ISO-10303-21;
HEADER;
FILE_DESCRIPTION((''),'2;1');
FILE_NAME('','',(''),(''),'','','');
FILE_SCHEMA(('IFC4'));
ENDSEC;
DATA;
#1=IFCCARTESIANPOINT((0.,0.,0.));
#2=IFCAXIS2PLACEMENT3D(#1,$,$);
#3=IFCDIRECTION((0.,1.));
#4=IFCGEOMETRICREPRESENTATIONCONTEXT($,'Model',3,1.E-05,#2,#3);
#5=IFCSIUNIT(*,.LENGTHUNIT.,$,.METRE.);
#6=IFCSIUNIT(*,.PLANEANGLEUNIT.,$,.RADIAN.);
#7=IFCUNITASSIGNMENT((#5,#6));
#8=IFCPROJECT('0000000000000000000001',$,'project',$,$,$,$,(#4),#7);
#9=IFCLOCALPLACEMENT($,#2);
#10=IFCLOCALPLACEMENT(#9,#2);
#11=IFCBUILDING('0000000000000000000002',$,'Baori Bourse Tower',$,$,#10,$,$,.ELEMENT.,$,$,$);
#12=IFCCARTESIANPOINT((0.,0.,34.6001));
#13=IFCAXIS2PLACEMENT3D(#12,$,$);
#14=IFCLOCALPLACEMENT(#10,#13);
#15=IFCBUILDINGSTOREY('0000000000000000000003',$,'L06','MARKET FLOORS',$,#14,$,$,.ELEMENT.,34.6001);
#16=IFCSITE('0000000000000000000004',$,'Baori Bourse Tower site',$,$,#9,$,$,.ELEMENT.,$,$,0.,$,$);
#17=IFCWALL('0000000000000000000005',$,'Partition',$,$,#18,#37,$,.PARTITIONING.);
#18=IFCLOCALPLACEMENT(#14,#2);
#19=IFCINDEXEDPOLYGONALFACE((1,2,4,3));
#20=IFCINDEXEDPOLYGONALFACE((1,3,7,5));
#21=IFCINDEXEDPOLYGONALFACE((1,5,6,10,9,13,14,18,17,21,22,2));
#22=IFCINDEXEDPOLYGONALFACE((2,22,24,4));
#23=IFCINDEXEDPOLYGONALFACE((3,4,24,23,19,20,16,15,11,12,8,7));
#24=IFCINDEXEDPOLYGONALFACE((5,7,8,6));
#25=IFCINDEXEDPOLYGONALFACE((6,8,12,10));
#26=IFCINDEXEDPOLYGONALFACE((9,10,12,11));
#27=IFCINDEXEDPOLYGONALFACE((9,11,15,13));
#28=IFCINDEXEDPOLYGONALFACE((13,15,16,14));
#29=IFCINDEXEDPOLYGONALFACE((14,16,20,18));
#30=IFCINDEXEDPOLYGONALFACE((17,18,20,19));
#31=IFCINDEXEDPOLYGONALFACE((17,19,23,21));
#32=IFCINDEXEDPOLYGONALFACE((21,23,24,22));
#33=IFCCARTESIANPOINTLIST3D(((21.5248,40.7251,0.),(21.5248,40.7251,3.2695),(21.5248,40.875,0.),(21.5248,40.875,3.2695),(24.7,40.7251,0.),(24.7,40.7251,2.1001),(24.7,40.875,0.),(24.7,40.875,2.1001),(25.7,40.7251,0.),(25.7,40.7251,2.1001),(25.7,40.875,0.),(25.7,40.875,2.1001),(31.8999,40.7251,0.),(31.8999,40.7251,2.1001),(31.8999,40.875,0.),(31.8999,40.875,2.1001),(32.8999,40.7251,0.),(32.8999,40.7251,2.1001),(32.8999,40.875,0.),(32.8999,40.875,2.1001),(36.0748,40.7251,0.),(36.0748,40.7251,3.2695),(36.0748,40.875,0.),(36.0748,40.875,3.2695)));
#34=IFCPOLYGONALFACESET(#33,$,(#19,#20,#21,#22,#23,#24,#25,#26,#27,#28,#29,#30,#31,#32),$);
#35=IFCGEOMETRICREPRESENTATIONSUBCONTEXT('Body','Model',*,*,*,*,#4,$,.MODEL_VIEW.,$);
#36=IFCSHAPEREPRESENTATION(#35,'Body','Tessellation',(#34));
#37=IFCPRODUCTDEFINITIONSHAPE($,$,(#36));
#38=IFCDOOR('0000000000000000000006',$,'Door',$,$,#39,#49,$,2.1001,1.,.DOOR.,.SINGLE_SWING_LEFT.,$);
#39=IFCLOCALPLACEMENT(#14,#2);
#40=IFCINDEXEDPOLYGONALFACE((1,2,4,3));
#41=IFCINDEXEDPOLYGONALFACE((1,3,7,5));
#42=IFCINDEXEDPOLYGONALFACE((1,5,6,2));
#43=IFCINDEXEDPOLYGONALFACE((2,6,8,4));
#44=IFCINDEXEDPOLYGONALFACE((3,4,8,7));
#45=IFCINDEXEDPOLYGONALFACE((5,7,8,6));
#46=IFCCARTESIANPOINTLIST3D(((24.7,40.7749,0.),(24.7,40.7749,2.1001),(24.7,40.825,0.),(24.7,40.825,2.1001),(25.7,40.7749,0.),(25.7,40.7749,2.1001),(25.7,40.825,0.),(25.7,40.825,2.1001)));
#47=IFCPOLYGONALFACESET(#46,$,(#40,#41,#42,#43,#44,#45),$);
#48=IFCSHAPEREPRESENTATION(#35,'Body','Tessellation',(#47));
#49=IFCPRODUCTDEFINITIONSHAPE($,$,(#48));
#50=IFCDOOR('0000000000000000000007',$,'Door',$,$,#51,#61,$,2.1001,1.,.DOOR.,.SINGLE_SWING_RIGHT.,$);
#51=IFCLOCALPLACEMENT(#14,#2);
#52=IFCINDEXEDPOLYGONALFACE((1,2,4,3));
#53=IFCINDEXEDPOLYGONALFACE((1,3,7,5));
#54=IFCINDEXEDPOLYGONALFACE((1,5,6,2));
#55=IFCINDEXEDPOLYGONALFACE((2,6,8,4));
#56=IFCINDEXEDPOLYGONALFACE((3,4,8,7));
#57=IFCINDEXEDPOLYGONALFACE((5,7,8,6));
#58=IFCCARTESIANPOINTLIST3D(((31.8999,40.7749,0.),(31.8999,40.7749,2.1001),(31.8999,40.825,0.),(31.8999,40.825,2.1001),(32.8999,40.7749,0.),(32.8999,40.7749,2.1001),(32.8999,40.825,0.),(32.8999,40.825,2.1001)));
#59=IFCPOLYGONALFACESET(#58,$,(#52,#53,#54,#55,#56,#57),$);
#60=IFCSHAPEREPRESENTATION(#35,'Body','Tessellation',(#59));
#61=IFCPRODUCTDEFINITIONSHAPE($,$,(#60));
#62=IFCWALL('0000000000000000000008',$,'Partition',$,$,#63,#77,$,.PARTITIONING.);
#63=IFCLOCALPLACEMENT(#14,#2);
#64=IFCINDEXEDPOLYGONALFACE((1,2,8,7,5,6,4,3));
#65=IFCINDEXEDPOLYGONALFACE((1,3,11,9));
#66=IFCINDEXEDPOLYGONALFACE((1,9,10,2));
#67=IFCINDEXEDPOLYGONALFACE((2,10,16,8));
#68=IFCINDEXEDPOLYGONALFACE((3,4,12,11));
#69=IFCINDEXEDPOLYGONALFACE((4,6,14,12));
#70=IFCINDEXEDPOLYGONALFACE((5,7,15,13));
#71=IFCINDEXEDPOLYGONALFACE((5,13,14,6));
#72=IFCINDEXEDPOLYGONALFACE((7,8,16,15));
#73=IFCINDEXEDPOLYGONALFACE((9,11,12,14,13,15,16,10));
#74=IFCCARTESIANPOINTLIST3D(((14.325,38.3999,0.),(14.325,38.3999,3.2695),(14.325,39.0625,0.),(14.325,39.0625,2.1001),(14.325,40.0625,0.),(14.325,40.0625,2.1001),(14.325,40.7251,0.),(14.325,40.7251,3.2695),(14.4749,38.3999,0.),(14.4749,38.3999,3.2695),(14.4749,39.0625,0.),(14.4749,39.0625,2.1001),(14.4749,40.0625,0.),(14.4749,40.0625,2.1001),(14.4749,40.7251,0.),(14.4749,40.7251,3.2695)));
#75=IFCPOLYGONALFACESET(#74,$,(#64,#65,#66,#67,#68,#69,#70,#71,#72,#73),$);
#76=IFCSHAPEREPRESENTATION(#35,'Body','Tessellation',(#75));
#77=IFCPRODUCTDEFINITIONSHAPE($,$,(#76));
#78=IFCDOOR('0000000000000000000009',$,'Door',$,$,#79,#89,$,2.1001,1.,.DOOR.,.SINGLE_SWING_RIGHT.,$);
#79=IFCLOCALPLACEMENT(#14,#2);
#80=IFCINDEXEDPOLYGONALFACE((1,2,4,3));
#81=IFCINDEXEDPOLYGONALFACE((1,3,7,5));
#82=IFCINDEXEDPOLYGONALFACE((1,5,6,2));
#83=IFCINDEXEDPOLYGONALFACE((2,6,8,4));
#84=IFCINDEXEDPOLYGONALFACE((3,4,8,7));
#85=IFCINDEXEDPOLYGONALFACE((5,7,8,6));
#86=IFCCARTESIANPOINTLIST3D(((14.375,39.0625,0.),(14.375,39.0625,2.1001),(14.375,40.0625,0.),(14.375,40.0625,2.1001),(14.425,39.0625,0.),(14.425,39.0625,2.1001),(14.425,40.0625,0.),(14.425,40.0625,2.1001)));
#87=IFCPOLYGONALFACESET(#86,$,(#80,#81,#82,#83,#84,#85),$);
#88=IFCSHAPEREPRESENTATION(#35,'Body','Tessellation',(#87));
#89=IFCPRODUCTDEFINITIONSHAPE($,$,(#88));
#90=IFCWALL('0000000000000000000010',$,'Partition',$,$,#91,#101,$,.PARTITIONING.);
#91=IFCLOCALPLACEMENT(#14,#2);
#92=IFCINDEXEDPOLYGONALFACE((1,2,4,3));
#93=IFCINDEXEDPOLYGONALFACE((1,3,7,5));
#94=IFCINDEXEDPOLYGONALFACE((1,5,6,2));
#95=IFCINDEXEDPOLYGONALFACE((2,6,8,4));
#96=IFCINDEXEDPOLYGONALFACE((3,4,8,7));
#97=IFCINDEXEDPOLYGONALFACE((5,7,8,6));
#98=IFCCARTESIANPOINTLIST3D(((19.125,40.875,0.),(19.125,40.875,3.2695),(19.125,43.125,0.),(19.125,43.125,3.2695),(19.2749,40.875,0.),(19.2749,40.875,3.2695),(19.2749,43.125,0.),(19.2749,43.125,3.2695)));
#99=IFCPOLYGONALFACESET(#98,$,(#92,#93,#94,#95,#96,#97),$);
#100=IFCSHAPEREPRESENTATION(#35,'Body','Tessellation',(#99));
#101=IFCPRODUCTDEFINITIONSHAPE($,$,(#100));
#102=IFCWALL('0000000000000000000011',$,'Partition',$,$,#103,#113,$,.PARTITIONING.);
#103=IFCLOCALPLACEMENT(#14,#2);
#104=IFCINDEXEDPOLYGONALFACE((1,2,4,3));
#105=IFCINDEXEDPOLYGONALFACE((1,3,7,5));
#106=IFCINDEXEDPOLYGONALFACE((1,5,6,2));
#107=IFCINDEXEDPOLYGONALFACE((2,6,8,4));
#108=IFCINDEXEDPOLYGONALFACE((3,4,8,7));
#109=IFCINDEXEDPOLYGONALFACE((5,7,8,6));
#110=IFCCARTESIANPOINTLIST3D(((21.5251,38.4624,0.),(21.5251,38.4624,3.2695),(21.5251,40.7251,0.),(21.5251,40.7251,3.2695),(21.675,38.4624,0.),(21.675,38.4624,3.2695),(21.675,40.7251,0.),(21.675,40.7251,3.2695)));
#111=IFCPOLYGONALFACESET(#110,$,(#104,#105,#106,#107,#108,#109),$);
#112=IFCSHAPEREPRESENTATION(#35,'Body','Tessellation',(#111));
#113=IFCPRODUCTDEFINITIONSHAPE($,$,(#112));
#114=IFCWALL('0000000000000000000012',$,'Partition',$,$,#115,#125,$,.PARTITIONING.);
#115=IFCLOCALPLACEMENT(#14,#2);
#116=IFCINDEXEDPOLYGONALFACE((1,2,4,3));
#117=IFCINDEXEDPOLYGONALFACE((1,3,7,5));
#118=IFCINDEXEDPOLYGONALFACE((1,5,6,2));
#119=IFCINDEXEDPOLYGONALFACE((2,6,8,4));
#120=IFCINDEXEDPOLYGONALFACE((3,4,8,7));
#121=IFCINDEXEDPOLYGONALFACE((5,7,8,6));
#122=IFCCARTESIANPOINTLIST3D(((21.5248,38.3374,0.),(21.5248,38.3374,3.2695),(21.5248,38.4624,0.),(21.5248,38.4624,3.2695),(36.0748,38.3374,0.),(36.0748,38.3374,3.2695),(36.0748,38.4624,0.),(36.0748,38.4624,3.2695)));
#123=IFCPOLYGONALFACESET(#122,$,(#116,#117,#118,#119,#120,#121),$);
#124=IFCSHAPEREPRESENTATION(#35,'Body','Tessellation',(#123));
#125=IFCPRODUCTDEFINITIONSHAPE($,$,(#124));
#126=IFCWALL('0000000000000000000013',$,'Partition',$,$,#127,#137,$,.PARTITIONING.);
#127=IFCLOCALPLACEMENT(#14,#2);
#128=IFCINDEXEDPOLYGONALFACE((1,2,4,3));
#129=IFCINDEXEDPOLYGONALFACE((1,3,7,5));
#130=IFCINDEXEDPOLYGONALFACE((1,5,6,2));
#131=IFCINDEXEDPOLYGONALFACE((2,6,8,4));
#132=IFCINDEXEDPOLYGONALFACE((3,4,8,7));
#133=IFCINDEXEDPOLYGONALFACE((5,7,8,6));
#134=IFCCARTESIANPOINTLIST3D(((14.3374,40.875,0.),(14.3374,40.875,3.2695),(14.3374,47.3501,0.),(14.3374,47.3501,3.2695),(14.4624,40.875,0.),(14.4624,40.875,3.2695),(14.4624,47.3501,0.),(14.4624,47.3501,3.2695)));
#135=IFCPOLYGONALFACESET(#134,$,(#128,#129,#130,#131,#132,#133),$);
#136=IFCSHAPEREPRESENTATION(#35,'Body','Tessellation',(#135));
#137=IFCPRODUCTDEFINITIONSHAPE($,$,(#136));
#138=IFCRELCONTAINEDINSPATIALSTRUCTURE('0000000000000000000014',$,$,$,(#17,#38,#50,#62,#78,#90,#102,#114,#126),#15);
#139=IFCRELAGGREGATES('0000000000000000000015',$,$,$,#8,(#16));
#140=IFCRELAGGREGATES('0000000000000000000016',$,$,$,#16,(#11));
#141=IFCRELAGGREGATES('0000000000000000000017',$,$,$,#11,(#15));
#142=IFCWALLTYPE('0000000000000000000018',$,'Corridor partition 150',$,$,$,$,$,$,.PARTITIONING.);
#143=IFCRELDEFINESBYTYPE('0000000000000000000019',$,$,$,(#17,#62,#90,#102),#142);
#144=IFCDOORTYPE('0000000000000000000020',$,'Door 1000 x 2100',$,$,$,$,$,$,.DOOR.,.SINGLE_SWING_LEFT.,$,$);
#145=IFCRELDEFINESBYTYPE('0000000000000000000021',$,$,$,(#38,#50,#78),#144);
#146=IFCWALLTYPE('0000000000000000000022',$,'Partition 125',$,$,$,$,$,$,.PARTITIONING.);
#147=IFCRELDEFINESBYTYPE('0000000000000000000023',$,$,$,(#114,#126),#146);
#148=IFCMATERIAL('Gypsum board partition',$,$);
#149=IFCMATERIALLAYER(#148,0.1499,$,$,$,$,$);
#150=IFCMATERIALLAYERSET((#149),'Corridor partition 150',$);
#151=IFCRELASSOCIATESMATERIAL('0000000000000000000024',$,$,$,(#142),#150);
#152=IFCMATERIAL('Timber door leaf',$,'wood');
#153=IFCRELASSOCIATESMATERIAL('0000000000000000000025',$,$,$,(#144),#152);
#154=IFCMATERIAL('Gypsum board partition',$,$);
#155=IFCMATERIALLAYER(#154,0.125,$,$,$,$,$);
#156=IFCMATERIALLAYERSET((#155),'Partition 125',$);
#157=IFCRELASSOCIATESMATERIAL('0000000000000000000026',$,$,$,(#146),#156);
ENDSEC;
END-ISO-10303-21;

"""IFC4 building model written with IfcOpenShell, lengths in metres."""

from ifc_helpers import new_model, si_unit, direction, frame, frame_2d, origin, place, context, subcontext, project, spatial, rectangle, extrude, material, layer, layer_set, type_object, element, fill, save


model = new_model("IFC4")

# Units and contexts
model_context = context("Model", 3, precision=1e-05, world=origin(), true_north=direction((0.0, 1.0)))
body_context = subcontext(model_context, "Body", "Model", "MODEL_VIEW")
ifc_project = project(units=[si_unit("LENGTHUNIT", "METRE"), si_unit("PLANEANGLEUNIT", "RADIAN")], contexts=[model_context])

# Site, building, storey
site_placement = place(None, origin())
site = spatial("IfcSite", under=ifc_project, at=site_placement, Name="Baori Bourse Tower site", CompositionType="ELEMENT", RefElevation=0.0)
building_placement = place(site_placement, origin())
building = spatial("IfcBuilding", under=site, at=building_placement, Name="Baori Bourse Tower", CompositionType="ELEMENT")
storey_placement = place(building_placement, frame((0.0, 0.0, 34.6001)))
storey = spatial("IfcBuildingStorey", under=building, at=storey_placement, Name="L06", Description="MARKET FLOORS", CompositionType="ELEMENT", Elevation=34.6001)

# Shared definitions
ifc_material_1 = material(Name="Gypsum board partition")
ifc_layer_1 = layer(ifc_material_1, 0.1499)
ifc_layer_set_1 = layer_set([ifc_layer_1], Name="Corridor partition 150")
wall_type_1 = type_object("IfcWallType", Name="Corridor partition 150", PredefinedType="PARTITIONING", material=ifc_layer_set_1)
ifc_material_2 = material(Name="Timber door leaf", Category="wood")
door_type_1 = type_object("IfcDoorType", Name="Door 1000 x 2100", OperationType="SINGLE_SWING_LEFT", PredefinedType="DOOR", material=ifc_material_2)

# Wall, openings, doors
wall_1_placement = place(storey_placement, frame((21.5249, 40.8, 0.0), z_axis=(0.0, 0.0, 1.0), x_axis=(1.0, 0.0, 0.0)))
wall_1 = element("IfcWall", 1, at=wall_1_placement, inside=storey, type_object=wall_type_1, Name="Partition", PredefinedType="PARTITIONING", context=body_context, shape_type="SweptSolid", body=[
    extrude(rectangle(XDim=14.55, YDim=0.1499, at=frame_2d((7.2749, 0.0))), origin(), (0.0, 0.0, 1.0), 3.2695),
])
opening_1_placement = place(wall_1_placement, frame((3.175, 0.0, 0.0)))
opening_1 = element("IfcOpeningElement", 2, at=opening_1_placement, cuts=wall_1, PredefinedType="OPENING", context=body_context, shape_type="SweptSolid", body=[
    extrude(rectangle(XDim=1.0, YDim=2.1001, at=frame_2d((0.5, 1.05))), frame((0.0, 0.085, 0.0), z_axis=(0.0, -1.0, 0.0), x_axis=(1.0, 0.0, 0.0)), (0.0, 0.0, 1.0), 0.1699),
])
opening_2_placement = place(wall_1_placement, frame((10.375, 0.0, 0.0)))
opening_2 = element("IfcOpeningElement", 3, at=opening_2_placement, cuts=wall_1, PredefinedType="OPENING", context=body_context, shape_type="SweptSolid", body=[
    extrude(rectangle(XDim=1.0, YDim=2.1001, at=frame_2d((0.5, 1.05))), frame((0.0, 0.085, 0.0), z_axis=(0.0, -1.0, 0.0), x_axis=(1.0, 0.0, 0.0)), (0.0, 0.0, 1.0), 0.1699),
])
door_1_placement = place(opening_1_placement, origin())
door_1 = element("IfcDoor", 4, at=door_1_placement, inside=storey, type_object=door_type_1, Name="Door", OperationType="SINGLE_SWING_LEFT", OverallHeight=2.1001, OverallWidth=1.0, PredefinedType="DOOR", context=body_context, shape_type="SweptSolid", body=[
    extrude(rectangle(XDim=1.0, YDim=2.1001, at=frame_2d((0.5, 1.05))), frame((0.0, 0.0249, 0.0), z_axis=(0.0, -1.0, 0.0), x_axis=(1.0, 0.0, 0.0)), (0.0, 0.0, 1.0), 0.05),
])
fill(opening_1, door_1)
door_2_placement = place(opening_2_placement, origin())
door_2 = element("IfcDoor", 5, at=door_2_placement, inside=storey, type_object=door_type_1, Name="Door", OperationType="SINGLE_SWING_RIGHT", OverallHeight=2.1001, OverallWidth=1.0, PredefinedType="DOOR", context=body_context, shape_type="SweptSolid", body=[
    extrude(rectangle(XDim=1.0, YDim=2.1001, at=frame_2d((0.5, 1.05))), frame((0.0, 0.0249, 0.0), z_axis=(0.0, -1.0, 0.0), x_axis=(1.0, 0.0, 0.0)), (0.0, 0.0, 1.0), 0.05),
])
fill(opening_2, door_2)

# Wall, opening, door
wall_2_placement = place(storey_placement, frame((14.3999, 38.3999, 0.0), z_axis=(0.0, 0.0, 1.0), x_axis=(0.0, 1.0, 0.0)))
wall_2 = element("IfcWall", 6, at=wall_2_placement, inside=storey, type_object=wall_type_1, Name="Partition", PredefinedType="PARTITIONING", context=body_context, shape_type="SweptSolid", body=[
    extrude(rectangle(XDim=2.3252, YDim=0.1499, at=frame_2d((1.1626, 0.0))), origin(), (0.0, 0.0, 1.0), 3.2695),
])
opening_3_placement = place(wall_2_placement, frame((0.6626, 0.0, 0.0)))
opening_3 = element("IfcOpeningElement", 7, at=opening_3_placement, cuts=wall_2, PredefinedType="OPENING", context=body_context, shape_type="SweptSolid", body=[
    extrude(rectangle(XDim=1.0, YDim=2.1001, at=frame_2d((0.5, 1.05))), frame((0.0, 0.085, 0.0), z_axis=(0.0, -1.0, 0.0), x_axis=(1.0, 0.0, 0.0)), (0.0, 0.0, 1.0), 0.1699),
])
door_3_placement = place(opening_3_placement, origin())
door_3 = element("IfcDoor", 8, at=door_3_placement, inside=storey, type_object=door_type_1, Name="Door", OperationType="SINGLE_SWING_RIGHT", OverallHeight=2.1001, OverallWidth=1.0, PredefinedType="DOOR", context=body_context, shape_type="SweptSolid", body=[
    extrude(rectangle(XDim=1.0, YDim=2.1001, at=frame_2d((0.5, 1.05))), frame((0.0, 0.0249, 0.0), z_axis=(0.0, -1.0, 0.0), x_axis=(1.0, 0.0, 0.0)), (0.0, 0.0, 1.0), 0.05),
])
fill(opening_3, door_3)

# Walls
wall_3_placement = place(storey_placement, frame((19.2, 40.875, 0.0), z_axis=(0.0, 0.0, 1.0), x_axis=(0.0, 1.0, 0.0)))
element("IfcWall", 9, at=wall_3_placement, inside=storey, type_object=wall_type_1, Name="Partition", PredefinedType="PARTITIONING", context=body_context, shape_type="SweptSolid", body=[
    extrude(rectangle(XDim=2.25, YDim=0.1499, at=frame_2d((1.125, 0.0))), origin(), (0.0, 0.0, 1.0), 3.2695),
])
wall_4_placement = place(storey_placement, frame((21.6001, 38.4624, 0.0), z_axis=(0.0, 0.0, 1.0), x_axis=(0.0, 1.0, 0.0)))
element("IfcWall", 10, at=wall_4_placement, inside=storey, type_object=wall_type_1, Name="Partition", PredefinedType="PARTITIONING", context=body_context, shape_type="SweptSolid", body=[
    extrude(rectangle(XDim=2.2627, YDim=0.1499, at=frame_2d((1.1313, 0.0))), origin(), (0.0, 0.0, 1.0), 3.2695),
])
ifc_material_3 = material(Name="Gypsum board partition")
ifc_layer_2 = layer(ifc_material_3, 0.125)
ifc_layer_set_2 = layer_set([ifc_layer_2], Name="Partition 125")
wall_type_2 = type_object("IfcWallType", Name="Partition 125", PredefinedType="PARTITIONING", material=ifc_layer_set_2)
wall_5_placement = place(storey_placement, frame((21.5249, 38.3999, 0.0), z_axis=(0.0, 0.0, 1.0), x_axis=(1.0, 0.0, 0.0)))
element("IfcWall", 11, at=wall_5_placement, inside=storey, type_object=wall_type_2, Name="Partition", PredefinedType="PARTITIONING", context=body_context, shape_type="SweptSolid", body=[
    extrude(rectangle(XDim=14.55, YDim=0.125, at=frame_2d((7.2749, 0.0))), origin(), (0.0, 0.0, 1.0), 3.2695),
])
wall_6_placement = place(storey_placement, frame((14.3999, 40.875, 0.0), z_axis=(0.0, 0.0, 1.0), x_axis=(0.0, 1.0, 0.0)))
element("IfcWall", 12, at=wall_6_placement, inside=storey, type_object=wall_type_2, Name="Partition", PredefinedType="PARTITIONING", context=body_context, shape_type="SweptSolid", body=[
    extrude(rectangle(XDim=6.4751, YDim=0.125, at=frame_2d((3.2375, 0.0))), origin(), (0.0, 0.0, 1.0), 3.2695),
])

save(model, "model.ifc")
